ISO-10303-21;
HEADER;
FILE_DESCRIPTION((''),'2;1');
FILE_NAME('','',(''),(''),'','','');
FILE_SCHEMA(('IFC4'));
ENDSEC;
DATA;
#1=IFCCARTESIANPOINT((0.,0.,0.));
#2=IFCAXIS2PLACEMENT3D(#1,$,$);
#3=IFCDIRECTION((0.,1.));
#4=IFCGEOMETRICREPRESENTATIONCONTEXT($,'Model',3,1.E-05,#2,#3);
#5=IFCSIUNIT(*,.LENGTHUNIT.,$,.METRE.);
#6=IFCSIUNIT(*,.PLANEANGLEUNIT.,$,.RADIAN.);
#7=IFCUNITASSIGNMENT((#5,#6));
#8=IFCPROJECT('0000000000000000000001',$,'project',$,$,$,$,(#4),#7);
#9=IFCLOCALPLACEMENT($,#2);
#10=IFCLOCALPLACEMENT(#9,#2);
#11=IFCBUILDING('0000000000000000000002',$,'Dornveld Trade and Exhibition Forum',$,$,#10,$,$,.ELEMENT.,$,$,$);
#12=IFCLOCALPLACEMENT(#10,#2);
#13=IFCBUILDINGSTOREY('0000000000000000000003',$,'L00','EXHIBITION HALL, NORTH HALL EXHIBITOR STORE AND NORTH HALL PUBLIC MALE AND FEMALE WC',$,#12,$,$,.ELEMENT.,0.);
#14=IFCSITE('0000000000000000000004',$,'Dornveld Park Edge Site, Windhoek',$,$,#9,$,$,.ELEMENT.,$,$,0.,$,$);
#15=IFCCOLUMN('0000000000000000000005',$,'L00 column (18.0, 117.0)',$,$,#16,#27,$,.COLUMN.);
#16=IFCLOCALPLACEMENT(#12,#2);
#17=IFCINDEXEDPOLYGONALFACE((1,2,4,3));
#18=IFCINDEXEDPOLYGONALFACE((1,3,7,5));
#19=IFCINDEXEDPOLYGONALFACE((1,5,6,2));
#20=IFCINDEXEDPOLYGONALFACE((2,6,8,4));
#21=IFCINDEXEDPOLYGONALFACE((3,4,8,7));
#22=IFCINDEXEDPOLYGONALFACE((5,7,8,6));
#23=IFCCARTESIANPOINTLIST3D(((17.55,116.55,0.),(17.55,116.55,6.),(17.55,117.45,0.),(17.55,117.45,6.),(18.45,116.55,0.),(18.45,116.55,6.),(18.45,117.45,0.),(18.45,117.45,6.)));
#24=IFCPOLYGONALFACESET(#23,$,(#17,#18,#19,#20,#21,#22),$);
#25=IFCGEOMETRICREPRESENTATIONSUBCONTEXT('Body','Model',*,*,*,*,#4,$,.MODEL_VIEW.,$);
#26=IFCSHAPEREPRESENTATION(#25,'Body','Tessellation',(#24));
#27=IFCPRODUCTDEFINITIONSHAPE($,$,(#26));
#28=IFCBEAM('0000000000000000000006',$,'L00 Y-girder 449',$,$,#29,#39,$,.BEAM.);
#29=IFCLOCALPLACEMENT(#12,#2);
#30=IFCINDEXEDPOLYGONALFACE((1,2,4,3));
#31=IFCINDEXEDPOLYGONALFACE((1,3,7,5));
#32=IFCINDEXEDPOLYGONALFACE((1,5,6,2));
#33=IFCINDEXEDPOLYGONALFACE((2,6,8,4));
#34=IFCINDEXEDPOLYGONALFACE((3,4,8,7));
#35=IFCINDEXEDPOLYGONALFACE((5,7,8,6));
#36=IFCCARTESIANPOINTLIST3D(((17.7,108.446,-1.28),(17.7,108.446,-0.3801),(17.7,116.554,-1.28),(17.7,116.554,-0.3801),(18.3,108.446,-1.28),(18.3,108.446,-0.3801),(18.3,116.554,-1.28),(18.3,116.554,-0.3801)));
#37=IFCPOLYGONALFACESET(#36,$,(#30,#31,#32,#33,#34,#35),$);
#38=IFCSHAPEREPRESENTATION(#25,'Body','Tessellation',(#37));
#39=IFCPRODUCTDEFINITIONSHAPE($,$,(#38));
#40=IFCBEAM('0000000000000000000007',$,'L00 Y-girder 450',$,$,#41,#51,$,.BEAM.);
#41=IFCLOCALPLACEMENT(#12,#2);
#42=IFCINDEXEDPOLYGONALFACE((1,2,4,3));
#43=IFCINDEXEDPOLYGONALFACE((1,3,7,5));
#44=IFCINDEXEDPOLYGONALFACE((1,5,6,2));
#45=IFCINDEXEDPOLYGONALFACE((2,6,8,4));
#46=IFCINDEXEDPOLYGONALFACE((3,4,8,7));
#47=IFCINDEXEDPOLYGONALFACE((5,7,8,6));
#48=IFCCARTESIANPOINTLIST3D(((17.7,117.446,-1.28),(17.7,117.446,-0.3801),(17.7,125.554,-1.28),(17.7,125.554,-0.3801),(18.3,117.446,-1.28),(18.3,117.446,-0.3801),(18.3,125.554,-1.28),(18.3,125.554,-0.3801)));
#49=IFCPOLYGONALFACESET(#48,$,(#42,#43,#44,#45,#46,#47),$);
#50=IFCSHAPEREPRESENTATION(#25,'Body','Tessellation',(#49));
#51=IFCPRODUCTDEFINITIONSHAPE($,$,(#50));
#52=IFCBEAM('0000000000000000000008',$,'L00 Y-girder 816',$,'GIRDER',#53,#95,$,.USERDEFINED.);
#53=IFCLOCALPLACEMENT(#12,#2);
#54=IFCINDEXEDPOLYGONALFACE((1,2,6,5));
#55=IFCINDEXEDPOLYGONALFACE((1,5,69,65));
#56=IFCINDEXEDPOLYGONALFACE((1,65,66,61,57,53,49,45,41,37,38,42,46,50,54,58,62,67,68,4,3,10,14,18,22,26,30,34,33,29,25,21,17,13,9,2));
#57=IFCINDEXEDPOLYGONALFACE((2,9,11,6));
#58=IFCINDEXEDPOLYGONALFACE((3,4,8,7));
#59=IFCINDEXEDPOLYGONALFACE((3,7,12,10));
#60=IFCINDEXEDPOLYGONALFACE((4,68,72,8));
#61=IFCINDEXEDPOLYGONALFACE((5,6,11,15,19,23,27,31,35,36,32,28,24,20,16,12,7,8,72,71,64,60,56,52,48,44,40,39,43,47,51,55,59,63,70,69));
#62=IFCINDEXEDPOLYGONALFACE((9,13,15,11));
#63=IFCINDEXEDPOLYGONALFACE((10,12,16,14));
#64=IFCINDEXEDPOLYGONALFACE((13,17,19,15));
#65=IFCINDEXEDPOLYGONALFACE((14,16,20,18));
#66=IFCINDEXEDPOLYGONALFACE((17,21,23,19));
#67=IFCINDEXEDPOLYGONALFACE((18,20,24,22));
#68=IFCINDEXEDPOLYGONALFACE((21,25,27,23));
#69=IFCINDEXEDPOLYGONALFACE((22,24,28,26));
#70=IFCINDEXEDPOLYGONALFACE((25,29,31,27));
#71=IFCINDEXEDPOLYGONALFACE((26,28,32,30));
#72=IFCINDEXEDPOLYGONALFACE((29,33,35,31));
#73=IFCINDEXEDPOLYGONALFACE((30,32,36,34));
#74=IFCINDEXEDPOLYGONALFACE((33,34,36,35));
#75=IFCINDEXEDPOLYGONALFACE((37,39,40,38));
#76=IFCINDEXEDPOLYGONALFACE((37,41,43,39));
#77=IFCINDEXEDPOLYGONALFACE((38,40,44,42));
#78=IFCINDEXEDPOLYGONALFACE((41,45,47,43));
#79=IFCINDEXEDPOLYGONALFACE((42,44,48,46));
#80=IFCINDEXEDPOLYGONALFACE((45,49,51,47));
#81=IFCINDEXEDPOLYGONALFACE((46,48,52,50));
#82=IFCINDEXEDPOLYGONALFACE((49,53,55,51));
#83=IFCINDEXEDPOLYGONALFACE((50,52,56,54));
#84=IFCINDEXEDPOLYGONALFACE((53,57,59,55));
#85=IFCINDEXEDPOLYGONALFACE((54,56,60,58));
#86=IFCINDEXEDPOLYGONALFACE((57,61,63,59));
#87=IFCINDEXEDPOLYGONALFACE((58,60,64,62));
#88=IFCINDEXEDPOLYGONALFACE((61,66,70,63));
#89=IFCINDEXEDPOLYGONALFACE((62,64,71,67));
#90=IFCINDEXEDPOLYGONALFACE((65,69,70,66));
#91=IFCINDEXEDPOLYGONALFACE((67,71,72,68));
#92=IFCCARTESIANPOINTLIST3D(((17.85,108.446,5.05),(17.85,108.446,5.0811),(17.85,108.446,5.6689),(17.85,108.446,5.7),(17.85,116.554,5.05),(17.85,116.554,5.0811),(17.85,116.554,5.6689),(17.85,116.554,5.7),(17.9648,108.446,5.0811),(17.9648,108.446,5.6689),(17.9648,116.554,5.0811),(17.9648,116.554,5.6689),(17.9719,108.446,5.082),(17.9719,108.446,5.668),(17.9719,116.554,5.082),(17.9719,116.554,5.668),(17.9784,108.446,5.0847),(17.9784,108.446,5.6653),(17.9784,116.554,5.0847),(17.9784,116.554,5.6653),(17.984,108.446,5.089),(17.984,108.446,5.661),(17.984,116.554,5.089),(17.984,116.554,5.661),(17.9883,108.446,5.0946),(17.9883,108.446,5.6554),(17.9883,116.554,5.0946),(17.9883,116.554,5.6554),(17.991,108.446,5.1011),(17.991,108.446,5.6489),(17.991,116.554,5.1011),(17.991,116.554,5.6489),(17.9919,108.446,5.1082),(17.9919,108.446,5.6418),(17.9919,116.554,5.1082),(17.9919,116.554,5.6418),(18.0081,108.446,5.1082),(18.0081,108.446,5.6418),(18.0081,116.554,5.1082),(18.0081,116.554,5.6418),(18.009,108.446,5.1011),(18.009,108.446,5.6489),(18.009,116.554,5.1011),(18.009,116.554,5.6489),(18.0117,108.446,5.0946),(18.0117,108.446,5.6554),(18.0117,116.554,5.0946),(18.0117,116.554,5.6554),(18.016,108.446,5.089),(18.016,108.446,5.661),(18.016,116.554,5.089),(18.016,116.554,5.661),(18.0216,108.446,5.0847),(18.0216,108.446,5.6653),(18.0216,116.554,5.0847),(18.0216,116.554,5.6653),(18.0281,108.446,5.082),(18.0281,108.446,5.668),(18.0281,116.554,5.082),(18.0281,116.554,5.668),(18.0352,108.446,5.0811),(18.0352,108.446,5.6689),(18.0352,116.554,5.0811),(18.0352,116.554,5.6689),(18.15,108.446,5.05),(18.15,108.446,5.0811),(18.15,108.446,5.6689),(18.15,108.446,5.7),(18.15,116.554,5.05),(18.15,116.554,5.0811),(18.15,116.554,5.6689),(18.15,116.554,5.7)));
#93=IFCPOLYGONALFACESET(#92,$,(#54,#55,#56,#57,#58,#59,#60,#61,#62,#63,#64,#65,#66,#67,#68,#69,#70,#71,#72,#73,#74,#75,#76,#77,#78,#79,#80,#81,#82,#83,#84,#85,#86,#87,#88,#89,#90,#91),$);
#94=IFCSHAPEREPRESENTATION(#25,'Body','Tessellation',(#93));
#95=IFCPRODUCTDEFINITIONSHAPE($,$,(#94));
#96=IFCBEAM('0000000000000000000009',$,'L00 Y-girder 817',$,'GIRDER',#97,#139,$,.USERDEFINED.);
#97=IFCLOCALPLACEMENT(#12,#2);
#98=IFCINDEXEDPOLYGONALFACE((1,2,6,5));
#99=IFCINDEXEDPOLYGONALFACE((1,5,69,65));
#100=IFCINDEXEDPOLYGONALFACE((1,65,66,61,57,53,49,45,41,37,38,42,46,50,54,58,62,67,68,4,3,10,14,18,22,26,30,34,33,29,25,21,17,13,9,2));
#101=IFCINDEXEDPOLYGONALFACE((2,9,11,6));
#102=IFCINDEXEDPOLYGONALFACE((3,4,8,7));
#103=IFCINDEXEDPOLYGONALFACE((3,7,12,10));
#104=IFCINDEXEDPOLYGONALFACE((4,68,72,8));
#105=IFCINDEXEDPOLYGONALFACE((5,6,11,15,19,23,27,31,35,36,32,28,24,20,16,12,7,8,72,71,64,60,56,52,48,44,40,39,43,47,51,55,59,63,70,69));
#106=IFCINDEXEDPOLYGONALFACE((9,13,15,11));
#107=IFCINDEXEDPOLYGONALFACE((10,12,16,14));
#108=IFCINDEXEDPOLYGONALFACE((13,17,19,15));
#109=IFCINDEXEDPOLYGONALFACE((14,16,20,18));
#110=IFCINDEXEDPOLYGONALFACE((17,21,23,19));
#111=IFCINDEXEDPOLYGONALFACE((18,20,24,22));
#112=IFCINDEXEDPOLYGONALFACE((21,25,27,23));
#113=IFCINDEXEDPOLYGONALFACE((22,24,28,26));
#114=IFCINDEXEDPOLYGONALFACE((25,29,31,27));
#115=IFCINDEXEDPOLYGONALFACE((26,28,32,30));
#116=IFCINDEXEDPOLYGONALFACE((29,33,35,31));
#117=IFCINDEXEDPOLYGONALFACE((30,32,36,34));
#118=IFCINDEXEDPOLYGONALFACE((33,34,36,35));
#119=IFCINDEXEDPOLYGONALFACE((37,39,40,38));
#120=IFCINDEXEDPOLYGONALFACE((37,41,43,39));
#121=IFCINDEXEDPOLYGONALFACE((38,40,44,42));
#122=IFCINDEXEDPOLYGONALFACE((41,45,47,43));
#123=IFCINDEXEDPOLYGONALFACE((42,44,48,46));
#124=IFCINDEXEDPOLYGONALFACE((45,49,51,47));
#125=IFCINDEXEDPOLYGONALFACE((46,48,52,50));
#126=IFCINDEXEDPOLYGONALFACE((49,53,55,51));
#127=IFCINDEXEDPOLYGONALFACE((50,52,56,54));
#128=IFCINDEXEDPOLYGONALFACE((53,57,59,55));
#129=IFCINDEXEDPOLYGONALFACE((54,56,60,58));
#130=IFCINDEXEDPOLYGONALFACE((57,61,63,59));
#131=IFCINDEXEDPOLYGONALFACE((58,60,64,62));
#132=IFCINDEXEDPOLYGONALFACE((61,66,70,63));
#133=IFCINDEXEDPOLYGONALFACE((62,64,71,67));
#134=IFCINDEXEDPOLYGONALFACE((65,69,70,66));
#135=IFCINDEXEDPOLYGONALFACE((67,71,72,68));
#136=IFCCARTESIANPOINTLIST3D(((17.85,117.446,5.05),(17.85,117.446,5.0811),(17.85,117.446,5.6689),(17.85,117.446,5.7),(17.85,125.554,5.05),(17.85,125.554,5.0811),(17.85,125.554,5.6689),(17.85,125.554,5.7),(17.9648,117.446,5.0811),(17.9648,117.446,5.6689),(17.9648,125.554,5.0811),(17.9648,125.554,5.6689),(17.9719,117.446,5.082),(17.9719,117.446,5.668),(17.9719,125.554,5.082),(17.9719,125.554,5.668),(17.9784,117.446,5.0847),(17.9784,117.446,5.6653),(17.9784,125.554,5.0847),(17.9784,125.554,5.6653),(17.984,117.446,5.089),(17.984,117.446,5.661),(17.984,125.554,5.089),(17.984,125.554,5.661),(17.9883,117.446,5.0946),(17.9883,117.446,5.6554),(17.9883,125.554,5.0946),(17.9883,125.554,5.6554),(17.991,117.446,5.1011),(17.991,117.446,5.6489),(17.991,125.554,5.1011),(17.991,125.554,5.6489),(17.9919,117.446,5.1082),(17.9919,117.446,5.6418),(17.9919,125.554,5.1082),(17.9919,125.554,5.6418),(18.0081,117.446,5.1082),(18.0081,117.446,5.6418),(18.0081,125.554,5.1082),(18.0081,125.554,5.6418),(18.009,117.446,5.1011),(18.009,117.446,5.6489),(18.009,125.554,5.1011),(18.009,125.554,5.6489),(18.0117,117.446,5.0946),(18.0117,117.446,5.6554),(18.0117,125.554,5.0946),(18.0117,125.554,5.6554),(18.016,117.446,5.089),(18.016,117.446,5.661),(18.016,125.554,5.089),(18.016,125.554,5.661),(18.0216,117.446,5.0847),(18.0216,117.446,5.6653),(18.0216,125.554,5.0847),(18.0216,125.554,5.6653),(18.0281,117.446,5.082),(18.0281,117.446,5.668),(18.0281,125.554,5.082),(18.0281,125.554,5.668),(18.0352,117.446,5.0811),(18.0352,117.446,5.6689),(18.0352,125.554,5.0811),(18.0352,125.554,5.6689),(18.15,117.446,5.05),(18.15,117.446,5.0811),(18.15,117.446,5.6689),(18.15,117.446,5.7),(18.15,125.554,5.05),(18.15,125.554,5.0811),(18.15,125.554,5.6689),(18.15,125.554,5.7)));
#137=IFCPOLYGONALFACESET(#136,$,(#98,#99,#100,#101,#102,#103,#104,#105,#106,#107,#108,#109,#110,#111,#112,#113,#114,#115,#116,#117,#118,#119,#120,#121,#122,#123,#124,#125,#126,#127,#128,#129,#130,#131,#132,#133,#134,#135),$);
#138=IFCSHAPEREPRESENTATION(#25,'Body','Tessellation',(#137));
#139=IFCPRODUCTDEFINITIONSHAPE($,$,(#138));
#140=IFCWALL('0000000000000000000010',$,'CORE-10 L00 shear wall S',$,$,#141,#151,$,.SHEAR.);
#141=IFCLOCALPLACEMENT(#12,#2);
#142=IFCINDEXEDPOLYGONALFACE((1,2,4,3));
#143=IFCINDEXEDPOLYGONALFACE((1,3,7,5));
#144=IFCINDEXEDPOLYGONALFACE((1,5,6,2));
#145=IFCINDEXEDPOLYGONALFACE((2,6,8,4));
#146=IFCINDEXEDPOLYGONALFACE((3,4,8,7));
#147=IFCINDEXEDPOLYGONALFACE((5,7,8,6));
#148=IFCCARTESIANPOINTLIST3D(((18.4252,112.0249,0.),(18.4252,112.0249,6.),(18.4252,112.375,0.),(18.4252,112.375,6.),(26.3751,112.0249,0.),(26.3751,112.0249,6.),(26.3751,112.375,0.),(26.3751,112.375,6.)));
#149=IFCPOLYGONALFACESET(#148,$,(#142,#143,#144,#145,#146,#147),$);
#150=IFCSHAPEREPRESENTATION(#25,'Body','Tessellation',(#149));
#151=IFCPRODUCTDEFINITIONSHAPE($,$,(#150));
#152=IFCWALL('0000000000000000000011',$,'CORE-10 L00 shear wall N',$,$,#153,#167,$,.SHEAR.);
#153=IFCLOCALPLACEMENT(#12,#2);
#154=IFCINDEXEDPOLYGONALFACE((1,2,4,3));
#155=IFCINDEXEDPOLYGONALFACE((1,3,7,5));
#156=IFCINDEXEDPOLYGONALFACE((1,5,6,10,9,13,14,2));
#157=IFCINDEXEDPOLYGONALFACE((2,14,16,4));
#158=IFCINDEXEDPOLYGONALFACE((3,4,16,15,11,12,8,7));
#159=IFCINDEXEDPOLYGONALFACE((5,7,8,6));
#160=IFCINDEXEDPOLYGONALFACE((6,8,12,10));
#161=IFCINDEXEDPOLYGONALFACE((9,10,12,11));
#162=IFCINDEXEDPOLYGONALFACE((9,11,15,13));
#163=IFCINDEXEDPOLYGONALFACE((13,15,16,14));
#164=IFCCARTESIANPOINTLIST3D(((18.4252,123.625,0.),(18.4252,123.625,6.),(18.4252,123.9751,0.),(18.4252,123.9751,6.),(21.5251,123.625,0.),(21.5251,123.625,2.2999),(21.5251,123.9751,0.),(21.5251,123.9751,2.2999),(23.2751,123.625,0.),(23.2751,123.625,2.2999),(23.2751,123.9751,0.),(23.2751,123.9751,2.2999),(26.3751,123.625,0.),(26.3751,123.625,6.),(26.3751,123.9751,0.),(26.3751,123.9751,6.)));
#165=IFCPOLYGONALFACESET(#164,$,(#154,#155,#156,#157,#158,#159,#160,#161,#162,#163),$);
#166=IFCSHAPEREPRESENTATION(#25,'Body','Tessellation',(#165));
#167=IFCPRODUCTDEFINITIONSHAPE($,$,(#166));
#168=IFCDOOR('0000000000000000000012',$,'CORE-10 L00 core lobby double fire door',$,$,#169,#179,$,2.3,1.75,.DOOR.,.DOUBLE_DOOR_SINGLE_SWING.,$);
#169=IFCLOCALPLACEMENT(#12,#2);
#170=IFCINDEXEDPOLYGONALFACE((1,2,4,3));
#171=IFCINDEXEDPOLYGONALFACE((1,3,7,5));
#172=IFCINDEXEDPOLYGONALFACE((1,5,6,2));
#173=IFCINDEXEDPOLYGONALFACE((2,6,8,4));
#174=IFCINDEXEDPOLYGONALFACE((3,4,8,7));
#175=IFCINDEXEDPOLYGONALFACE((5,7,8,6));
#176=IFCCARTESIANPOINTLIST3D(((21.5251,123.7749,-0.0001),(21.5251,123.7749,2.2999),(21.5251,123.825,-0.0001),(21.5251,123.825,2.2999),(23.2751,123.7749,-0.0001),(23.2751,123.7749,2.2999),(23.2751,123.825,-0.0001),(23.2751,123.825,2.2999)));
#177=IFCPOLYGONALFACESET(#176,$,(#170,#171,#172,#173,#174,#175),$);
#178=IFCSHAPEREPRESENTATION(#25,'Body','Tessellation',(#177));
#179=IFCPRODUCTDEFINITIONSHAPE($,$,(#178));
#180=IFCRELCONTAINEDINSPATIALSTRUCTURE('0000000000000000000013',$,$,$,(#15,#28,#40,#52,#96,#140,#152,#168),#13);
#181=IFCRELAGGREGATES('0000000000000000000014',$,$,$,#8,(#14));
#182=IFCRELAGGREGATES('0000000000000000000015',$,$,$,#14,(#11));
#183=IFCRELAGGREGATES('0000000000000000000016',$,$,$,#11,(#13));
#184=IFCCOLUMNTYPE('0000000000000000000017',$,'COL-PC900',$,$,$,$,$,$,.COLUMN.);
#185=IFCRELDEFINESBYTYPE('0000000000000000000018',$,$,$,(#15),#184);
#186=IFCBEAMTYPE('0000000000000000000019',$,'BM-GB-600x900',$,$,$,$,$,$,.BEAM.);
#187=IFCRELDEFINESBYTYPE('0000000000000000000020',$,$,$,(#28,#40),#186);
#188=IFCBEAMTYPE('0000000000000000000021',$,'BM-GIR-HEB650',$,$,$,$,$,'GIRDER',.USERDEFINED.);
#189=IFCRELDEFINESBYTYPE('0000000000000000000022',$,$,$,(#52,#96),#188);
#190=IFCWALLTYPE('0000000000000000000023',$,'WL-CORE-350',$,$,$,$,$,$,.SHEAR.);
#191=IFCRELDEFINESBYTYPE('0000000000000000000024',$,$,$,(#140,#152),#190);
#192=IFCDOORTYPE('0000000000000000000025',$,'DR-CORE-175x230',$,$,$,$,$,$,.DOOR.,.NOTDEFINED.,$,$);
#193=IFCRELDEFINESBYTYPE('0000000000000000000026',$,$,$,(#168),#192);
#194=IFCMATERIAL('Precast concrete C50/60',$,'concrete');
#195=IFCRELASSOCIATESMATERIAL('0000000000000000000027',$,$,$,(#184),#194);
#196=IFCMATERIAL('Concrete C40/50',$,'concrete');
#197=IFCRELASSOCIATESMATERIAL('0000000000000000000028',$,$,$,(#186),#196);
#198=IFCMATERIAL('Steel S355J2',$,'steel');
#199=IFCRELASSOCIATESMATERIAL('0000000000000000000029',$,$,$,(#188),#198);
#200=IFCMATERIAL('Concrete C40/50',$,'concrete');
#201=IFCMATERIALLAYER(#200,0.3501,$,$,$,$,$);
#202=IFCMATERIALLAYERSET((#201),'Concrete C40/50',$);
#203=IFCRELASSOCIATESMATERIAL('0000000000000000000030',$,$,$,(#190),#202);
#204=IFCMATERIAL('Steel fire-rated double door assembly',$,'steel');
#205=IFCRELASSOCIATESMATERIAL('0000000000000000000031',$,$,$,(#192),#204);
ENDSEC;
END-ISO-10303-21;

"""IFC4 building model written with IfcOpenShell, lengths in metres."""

from ifc_helpers import new_model, si_unit, direction, frame, frame_2d, origin, origin_2d, place, context, subcontext, project, spatial, rectangle, i_section, extrude, material, layer, layer_set, material_profile, profile_set, type_object, element, fill, save


model = new_model("IFC4")

# Units and contexts
model_context = context("Model", 3, precision=1e-05, world=origin(), true_north=direction((0.0, 1.0)))
body_context = subcontext(model_context, "Body", "Model", "MODEL_VIEW")
ifc_project = project(units=[si_unit("LENGTHUNIT", "METRE"), si_unit("PLANEANGLEUNIT", "RADIAN")], contexts=[model_context])

# Site, building, storey
site_placement = place(None, origin())
site = spatial("IfcSite", under=ifc_project, at=site_placement, Name="Dornveld Park Edge Site, Windhoek", CompositionType="ELEMENT", RefElevation=0.0)
building_placement = place(site_placement, origin())
building = spatial("IfcBuilding", under=site, at=building_placement, Name="Dornveld Trade and Exhibition Forum", CompositionType="ELEMENT")
storey_placement = place(building_placement, origin())
storey = spatial("IfcBuildingStorey", under=building, at=storey_placement, Name="L00", Description="EXHIBITION HALL, NORTH HALL EXHIBITOR STORE AND NORTH HALL PUBLIC MALE AND FEMALE WC", CompositionType="ELEMENT", Elevation=0.0)

# Column
ifc_material_1 = material(Name="Precast concrete C50/60", Category="concrete")
ifc_material_profile_1 = material_profile(ifc_material_1, rectangle(XDim=0.8999, YDim=0.8999, at=origin_2d()), Name="PC-COL 900x900")
ifc_profile_set_1 = profile_set([ifc_material_profile_1], Name="Precast concrete C50/60")
column_type = type_object("IfcColumnType", Name="COL-PC900", PredefinedType="COLUMN", material=ifc_profile_set_1)
column_placement = place(storey_placement, frame((18.0, 117.0, 0.0), z_axis=(0.0, 0.0, 1.0), x_axis=(1.0, 0.0, 0.0)))
element("IfcColumn", 1, at=column_placement, inside=storey, type_object=column_type, Name="L00 column (18.0, 117.0)", PredefinedType="COLUMN", context=body_context, shape_type="SweptSolid", body=[
    extrude(rectangle(XDim=0.8999, YDim=0.8999, at=origin_2d()), origin(), (0.0, 0.0, 1.0), 6.0),
])

# Beams
ifc_material_2 = material(Name="Concrete C40/50", Category="concrete")
ifc_material_profile_2 = material_profile(ifc_material_2, rectangle(XDim=0.6001, YDim=0.8999, at=origin_2d()), Name="RC-GB 600x900")
ifc_profile_set_2 = profile_set([ifc_material_profile_2], Name="Concrete C40/50")
beam_type_1 = type_object("IfcBeamType", Name="BM-GB-600x900", PredefinedType="BEAM", material=ifc_profile_set_2)
for number, where, z_axis, x_axis, name in (
    (2, (18.0, 108.446, -0.8301), (0.0, 1.0, 0.0), (-1.0, 0.0, 0.0), "L00 Y-girder 449"),
    (3, (18.0, 117.446, -0.8301), (0.0, 1.0, 0.0), (-1.0, 0.0, 0.0), "L00 Y-girder 450"),
):
    element("IfcBeam", number, at=place(storey_placement, frame(where, z_axis=z_axis, x_axis=x_axis)), inside=storey, type_object=beam_type_1, Name=name, PredefinedType="BEAM", context=body_context, shape_type="SweptSolid", body=[
        extrude(rectangle(XDim=0.6001, YDim=0.8999, at=origin_2d()), origin(), (0.0, 0.0, 1.0), 8.1079),
    ])
ifc_material_3 = material(Name="Steel S355J2", Category="steel")
ifc_material_profile_3 = material_profile(ifc_material_3, i_section(OverallWidth=0.3, OverallDepth=0.6499, WebThickness=0.0161, FlangeThickness=0.031, FilletRadius=0.0271, at=origin_2d()), Name="HEB 650")
ifc_profile_set_3 = profile_set([ifc_material_profile_3], Name="Steel S355J2")
beam_type_2 = type_object("IfcBeamType", Name="BM-GIR-HEB650", ElementType="GIRDER", PredefinedType="USERDEFINED", material=ifc_profile_set_3)
for number, where, z_axis, x_axis, name in (
    (4, (18.0, 108.446, 5.375), (0.0, 1.0, 0.0), (-1.0, 0.0, 0.0), "L00 Y-girder 816"),
    (5, (18.0, 117.446, 5.375), (0.0, 1.0, 0.0), (-1.0, 0.0, 0.0), "L00 Y-girder 817"),
):
    element("IfcBeam", number, at=place(storey_placement, frame(where, z_axis=z_axis, x_axis=x_axis)), inside=storey, type_object=beam_type_2, Name=name, ObjectType="GIRDER", PredefinedType="USERDEFINED", context=body_context, shape_type="SweptSolid", body=[
        extrude(i_section(OverallWidth=0.3, OverallDepth=0.6499, WebThickness=0.0161, FlangeThickness=0.031, FilletRadius=0.0271, at=origin_2d()), origin(), (0.0, 0.0, 1.0), 8.1079),
    ])

# Wall
ifc_material_4 = material(Name="Concrete C40/50", Category="concrete")
ifc_layer_1 = layer(ifc_material_4, 0.3501)
ifc_layer_set_1 = layer_set([ifc_layer_1], Name="Concrete C40/50")
wall_type_1 = type_object("IfcWallType", Name="WL-CORE-350", PredefinedType="SHEAR", material=ifc_layer_set_1)
wall_1_placement = place(storey_placement, frame((18.425, 112.2, 0.0), z_axis=(0.0, 0.0, 1.0), x_axis=(1.0, 0.0, 0.0)))
element("IfcWall", 6, at=wall_1_placement, inside=storey, type_object=wall_type_1, Name="CORE-10 L00 shear wall S", PredefinedType="SHEAR", context=body_context, shape_type="SweptSolid", body=[
    extrude(rectangle(XDim=7.95, YDim=0.3501, at=frame_2d((3.9751, 0.0))), origin(), (0.0, 0.0, 1.0), 6.0),
])

# Wall, opening, door
wall_2_placement = place(storey_placement, frame((18.425, 123.8, 0.0), z_axis=(0.0, 0.0, 1.0), x_axis=(1.0, 0.0, 0.0)))
wall_2 = element("IfcWall", 7, at=wall_2_placement, inside=storey, type_object=wall_type_1, Name="CORE-10 L00 shear wall N", PredefinedType="SHEAR", context=body_context, shape_type="SweptSolid", body=[
    extrude(rectangle(XDim=7.95, YDim=0.3501, at=frame_2d((3.9751, 0.0))), origin(), (0.0, 0.0, 1.0), 6.0),
])
opening_1_placement = place(wall_2_placement, frame((3.1001, 0.0, 0.0)))
opening_1 = element("IfcOpeningElement", 8, at=opening_1_placement, cuts=wall_2, PredefinedType="OPENING", context=body_context, shape_type="SweptSolid", body=[
    extrude(rectangle(XDim=1.75, YDim=2.3, at=frame_2d((0.875, 1.1499))), frame((0.0, 0.1851, 0.0), z_axis=(0.0, -1.0, 0.0), x_axis=(1.0, 0.0, 0.0)), (0.0, 0.0, 1.0), 0.3701),
])
ifc_material_5 = material(Name="Steel fire-rated double door assembly", Category="steel")
door_type_1 = type_object("IfcDoorType", Name="DR-CORE-175x230", OperationType="NOTDEFINED", PredefinedType="DOOR", material=ifc_material_5)
door_1_placement = place(opening_1_placement, origin())
door_1 = element("IfcDoor", 9, at=door_1_placement, inside=storey, type_object=door_type_1, Name="CORE-10 L00 core lobby double fire door", OperationType="DOUBLE_DOOR_SINGLE_SWING", OverallHeight=2.3, OverallWidth=1.75, PredefinedType="DOOR", context=body_context, shape_type="SweptSolid", body=[
    extrude(rectangle(XDim=1.75, YDim=2.3, at=frame_2d((0.875, 1.1499))), frame((0.0, 0.0249, 0.0), z_axis=(0.0, -1.0, 0.0), x_axis=(1.0, 0.0, 0.0)), (0.0, 0.0, 1.0), 0.05),
])
fill(opening_1, door_1)

save(model, "model.ifc")
